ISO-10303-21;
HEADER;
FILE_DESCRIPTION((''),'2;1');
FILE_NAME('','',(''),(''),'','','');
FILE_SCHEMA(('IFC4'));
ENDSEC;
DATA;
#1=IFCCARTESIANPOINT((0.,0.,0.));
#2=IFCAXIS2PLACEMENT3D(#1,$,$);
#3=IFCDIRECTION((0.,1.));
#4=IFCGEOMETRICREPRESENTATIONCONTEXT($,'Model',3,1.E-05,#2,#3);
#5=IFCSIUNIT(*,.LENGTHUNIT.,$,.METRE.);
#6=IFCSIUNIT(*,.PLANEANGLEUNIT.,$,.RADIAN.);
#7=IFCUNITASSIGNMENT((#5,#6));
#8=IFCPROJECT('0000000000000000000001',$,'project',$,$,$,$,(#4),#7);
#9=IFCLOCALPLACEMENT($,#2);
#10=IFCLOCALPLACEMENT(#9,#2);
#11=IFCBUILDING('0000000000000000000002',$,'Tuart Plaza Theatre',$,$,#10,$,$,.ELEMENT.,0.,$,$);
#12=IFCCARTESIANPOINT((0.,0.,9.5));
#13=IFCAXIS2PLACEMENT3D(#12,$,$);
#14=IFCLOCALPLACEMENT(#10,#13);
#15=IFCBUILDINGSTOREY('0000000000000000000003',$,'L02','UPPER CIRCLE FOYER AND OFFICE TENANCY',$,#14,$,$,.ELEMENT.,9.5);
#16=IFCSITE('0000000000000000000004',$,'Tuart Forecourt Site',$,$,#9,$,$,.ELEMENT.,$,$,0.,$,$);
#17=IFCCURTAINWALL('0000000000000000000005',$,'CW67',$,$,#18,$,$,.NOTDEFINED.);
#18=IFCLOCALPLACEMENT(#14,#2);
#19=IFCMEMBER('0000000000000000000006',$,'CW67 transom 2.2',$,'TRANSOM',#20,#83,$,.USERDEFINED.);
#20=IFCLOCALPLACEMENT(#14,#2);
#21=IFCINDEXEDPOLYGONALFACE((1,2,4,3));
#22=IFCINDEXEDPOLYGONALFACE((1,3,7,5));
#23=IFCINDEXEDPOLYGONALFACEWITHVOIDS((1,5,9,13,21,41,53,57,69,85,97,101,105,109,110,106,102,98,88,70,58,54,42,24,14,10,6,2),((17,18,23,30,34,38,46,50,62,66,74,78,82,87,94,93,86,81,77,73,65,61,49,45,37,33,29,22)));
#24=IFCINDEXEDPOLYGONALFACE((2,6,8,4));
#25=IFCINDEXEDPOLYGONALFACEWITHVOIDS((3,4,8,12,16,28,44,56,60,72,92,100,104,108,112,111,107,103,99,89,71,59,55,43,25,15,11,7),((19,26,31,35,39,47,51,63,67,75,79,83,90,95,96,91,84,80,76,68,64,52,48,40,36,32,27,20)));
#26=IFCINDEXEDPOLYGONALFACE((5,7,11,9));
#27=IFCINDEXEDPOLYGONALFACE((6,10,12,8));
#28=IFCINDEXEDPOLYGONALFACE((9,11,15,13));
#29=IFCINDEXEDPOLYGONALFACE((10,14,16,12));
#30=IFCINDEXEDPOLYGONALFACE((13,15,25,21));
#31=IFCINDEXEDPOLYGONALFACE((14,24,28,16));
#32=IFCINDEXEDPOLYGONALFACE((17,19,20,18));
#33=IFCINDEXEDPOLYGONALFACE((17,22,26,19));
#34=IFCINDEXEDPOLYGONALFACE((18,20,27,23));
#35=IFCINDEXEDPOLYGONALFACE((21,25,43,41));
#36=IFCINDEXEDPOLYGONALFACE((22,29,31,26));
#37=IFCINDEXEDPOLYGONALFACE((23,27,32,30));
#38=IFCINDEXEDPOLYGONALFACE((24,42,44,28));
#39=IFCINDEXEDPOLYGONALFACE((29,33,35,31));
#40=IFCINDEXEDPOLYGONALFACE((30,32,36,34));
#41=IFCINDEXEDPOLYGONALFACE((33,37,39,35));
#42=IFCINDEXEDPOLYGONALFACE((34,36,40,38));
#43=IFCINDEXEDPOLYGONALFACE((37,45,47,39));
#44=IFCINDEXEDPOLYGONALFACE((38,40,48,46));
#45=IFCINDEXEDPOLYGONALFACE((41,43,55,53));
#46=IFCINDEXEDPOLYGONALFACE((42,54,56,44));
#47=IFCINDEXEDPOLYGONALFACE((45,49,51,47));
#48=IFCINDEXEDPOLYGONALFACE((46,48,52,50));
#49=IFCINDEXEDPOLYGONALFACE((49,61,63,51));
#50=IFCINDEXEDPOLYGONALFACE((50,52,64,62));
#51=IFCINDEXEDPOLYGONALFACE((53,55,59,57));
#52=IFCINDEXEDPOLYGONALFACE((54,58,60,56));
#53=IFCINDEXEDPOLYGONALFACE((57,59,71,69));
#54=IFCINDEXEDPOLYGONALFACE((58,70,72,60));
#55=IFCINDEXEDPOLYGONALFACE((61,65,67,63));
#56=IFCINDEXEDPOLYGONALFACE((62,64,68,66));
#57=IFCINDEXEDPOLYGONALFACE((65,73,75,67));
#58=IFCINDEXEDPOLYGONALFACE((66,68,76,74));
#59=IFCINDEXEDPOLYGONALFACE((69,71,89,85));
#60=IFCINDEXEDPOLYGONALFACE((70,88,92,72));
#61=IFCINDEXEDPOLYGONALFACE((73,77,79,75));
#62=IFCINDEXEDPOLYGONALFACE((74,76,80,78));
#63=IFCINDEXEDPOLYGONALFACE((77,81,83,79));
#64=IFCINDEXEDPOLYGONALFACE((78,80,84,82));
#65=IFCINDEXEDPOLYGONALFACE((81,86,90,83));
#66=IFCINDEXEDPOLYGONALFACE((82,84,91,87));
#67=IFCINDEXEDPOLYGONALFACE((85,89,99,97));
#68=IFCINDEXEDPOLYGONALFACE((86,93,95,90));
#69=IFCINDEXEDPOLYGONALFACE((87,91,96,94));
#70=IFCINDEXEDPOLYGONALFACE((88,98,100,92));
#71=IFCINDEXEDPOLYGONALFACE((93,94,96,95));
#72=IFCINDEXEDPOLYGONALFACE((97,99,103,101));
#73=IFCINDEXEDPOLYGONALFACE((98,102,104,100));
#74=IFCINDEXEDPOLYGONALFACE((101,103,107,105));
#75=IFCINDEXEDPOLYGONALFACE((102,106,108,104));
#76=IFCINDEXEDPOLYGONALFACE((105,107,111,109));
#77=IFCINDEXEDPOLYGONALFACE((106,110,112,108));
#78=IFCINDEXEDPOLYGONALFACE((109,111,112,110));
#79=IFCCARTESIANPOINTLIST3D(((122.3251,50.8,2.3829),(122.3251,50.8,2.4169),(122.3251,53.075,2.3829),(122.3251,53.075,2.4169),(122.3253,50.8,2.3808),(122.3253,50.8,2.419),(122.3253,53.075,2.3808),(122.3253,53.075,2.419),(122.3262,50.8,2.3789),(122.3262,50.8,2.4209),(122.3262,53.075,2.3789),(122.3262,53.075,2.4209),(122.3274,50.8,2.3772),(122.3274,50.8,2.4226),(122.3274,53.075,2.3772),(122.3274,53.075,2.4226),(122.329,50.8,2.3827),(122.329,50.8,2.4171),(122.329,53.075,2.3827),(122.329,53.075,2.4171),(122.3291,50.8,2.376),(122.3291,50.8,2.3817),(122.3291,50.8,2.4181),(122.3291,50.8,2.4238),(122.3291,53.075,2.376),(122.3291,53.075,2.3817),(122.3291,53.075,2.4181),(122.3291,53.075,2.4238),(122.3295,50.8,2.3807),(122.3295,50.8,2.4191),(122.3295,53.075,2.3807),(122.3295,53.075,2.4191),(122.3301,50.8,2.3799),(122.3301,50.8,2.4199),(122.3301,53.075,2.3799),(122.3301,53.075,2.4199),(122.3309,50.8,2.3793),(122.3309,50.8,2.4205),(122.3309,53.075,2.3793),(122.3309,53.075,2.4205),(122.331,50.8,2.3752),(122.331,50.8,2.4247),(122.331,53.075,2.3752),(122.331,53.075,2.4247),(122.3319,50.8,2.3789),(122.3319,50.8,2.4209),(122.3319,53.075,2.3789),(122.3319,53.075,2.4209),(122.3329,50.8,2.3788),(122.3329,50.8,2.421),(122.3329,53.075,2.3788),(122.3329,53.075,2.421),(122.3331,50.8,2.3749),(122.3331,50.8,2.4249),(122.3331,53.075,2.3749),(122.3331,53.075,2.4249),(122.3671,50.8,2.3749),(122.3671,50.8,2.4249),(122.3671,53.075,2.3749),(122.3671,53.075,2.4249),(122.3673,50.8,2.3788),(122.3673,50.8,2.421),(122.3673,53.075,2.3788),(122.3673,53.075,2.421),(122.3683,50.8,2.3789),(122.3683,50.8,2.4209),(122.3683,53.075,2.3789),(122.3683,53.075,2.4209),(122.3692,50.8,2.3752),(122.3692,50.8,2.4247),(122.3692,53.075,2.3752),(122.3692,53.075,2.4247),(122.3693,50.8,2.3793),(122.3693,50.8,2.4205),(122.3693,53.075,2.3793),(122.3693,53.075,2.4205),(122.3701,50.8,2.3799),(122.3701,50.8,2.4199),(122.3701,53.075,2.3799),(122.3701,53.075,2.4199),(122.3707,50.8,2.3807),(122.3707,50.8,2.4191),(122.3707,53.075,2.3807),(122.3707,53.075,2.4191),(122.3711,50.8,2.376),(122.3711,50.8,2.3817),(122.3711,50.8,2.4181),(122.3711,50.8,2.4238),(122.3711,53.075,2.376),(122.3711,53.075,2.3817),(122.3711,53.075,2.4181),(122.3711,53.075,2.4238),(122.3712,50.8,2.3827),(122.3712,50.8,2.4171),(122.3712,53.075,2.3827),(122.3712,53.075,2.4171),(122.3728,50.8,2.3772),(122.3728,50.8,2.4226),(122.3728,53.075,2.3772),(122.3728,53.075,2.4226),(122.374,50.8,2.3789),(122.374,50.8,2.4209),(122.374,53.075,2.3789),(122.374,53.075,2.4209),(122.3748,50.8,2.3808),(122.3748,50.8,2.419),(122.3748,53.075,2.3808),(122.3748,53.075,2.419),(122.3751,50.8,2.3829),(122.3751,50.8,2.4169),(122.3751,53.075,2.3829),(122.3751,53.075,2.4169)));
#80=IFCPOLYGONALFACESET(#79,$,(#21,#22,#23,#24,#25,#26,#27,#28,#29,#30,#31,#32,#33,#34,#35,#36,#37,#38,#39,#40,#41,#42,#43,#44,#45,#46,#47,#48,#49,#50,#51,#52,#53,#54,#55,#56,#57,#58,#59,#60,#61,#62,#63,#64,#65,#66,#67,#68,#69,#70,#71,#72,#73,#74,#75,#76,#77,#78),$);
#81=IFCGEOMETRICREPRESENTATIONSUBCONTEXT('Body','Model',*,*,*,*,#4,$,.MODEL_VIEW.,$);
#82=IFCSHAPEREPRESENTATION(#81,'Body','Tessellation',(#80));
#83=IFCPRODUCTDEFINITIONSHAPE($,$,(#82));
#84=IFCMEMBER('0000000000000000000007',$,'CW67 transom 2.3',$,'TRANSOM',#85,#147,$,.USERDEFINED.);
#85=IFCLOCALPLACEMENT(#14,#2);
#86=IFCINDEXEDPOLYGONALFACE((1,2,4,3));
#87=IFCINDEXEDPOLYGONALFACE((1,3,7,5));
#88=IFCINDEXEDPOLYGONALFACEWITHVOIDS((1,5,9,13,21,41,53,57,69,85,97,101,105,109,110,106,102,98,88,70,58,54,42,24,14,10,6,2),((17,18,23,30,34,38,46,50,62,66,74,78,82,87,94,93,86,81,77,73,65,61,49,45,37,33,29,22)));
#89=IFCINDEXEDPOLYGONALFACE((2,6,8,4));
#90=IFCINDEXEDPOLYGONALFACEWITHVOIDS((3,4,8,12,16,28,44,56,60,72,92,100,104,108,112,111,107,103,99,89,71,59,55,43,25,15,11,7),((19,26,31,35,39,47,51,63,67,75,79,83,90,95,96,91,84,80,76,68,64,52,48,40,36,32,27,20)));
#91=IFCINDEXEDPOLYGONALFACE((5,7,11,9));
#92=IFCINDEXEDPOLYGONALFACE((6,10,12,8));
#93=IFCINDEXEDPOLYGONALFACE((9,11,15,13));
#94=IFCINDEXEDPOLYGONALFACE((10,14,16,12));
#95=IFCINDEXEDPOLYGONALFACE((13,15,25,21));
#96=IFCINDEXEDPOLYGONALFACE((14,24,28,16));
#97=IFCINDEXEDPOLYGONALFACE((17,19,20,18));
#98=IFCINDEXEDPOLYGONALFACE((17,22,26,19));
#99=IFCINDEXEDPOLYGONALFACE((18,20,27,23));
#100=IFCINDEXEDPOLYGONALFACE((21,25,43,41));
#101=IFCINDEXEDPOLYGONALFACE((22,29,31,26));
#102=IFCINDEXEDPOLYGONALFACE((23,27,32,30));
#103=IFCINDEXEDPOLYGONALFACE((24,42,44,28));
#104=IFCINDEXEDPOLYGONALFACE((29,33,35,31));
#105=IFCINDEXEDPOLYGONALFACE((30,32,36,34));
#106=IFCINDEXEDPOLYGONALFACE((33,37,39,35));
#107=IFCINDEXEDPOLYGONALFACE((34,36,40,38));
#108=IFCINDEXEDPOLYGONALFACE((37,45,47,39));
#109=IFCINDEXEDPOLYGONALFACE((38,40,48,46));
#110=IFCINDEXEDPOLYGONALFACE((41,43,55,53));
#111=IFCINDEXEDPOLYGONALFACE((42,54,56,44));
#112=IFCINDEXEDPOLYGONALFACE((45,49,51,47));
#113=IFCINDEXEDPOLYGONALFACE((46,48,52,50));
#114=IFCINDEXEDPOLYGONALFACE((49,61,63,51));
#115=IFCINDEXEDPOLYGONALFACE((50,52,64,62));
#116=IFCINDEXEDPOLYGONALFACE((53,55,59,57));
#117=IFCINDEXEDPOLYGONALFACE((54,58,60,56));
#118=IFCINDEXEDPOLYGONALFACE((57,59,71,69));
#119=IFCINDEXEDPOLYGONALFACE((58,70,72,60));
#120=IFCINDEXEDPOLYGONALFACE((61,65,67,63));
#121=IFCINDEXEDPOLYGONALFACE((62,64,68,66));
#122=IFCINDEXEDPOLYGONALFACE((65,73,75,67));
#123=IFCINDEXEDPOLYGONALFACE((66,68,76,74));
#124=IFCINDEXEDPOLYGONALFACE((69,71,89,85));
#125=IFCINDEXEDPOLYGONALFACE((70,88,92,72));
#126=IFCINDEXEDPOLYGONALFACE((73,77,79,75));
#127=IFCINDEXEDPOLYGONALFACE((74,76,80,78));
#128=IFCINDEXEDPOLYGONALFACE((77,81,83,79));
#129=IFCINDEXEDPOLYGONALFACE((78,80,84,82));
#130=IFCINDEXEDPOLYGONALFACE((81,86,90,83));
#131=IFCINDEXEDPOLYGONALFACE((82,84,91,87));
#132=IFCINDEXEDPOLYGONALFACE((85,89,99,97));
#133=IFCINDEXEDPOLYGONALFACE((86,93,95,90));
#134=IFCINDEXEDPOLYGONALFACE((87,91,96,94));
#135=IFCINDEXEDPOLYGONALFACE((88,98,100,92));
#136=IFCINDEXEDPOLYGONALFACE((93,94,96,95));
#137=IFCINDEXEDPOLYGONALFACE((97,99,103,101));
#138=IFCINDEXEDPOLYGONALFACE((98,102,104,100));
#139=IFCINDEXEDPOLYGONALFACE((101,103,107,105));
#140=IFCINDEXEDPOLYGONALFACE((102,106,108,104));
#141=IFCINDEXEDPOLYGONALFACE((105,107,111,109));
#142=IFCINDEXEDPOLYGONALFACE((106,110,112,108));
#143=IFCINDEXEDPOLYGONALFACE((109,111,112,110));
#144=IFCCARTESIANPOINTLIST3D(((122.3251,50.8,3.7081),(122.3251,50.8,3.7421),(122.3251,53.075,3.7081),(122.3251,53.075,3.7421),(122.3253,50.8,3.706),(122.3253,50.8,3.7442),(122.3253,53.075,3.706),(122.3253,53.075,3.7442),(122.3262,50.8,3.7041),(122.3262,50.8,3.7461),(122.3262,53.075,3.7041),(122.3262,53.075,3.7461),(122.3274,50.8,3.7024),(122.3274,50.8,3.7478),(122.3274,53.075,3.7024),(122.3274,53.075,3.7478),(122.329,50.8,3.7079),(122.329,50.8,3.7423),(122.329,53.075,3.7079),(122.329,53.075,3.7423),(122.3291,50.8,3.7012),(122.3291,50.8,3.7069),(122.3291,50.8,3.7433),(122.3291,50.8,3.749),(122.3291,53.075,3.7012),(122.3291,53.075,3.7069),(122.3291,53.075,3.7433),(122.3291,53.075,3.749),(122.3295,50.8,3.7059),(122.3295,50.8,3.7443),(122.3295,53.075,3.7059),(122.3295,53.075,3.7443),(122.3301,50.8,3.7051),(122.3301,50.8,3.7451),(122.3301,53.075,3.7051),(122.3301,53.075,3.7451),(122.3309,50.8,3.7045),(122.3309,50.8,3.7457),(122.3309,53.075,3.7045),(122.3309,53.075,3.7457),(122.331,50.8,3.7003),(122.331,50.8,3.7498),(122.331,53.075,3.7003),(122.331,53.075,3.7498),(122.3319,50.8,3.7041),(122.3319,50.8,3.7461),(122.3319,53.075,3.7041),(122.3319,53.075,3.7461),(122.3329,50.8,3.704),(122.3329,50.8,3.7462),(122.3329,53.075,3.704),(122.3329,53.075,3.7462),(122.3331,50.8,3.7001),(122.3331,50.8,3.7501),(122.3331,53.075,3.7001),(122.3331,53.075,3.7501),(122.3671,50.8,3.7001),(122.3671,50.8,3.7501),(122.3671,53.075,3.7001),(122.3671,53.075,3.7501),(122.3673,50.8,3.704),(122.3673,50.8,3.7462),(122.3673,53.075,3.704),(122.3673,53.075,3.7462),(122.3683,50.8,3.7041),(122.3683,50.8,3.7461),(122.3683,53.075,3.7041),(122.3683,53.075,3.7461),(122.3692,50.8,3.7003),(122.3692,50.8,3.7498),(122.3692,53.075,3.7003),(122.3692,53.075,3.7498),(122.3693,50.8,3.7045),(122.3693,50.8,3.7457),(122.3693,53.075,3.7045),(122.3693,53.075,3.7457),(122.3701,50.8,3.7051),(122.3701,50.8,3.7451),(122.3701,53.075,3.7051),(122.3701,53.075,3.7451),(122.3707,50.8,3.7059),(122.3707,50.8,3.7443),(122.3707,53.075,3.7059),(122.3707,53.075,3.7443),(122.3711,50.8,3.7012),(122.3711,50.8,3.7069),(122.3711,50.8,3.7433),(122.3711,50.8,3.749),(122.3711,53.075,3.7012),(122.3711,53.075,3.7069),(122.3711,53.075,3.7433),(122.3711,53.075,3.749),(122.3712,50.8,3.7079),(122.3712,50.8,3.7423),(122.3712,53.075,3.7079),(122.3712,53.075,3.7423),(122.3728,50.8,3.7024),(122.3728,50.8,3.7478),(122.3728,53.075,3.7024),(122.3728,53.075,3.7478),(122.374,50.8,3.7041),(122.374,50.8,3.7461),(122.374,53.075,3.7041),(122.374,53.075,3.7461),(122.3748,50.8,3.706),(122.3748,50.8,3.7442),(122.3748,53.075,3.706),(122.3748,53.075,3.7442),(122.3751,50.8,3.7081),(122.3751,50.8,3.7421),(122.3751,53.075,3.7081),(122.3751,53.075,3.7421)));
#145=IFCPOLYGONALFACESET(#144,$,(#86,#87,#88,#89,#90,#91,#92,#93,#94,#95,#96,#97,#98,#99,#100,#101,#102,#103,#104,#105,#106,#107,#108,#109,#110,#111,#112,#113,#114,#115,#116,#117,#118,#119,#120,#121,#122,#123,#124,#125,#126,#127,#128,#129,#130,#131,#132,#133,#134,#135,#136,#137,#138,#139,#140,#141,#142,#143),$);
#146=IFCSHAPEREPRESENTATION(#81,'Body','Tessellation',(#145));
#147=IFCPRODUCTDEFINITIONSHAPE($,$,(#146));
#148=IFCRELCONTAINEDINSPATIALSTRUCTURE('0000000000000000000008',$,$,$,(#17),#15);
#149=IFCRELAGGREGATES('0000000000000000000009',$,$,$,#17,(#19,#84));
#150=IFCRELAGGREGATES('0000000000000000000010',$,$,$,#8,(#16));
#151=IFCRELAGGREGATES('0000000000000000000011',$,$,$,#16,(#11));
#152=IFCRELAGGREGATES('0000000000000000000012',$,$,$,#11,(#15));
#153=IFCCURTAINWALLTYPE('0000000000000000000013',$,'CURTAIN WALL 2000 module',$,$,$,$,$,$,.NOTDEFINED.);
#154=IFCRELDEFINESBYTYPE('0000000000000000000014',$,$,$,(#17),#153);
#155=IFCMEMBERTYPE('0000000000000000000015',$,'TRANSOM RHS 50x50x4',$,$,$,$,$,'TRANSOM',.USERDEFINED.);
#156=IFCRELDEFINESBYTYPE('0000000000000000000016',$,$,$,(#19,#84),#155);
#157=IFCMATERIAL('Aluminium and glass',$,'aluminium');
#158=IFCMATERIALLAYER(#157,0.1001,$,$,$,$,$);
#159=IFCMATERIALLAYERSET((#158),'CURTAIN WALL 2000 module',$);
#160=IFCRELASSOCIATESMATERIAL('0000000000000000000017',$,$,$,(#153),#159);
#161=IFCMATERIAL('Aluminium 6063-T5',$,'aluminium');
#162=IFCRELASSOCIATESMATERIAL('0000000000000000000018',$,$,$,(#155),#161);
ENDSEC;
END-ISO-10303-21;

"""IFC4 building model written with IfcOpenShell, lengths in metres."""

from ifc_helpers import new_model, si_unit, direction, frame, origin, origin_2d, place, context, subcontext, project, spatial, hollow_rectangle, extrude, material, layer, layer_set, material_profile, profile_set, type_object, element, aggregate, save


model = new_model("IFC4")

# Units and contexts
model_context = context("Model", 3, precision=1e-05, world=origin(), true_north=direction((0.0, 1.0)))
body_context = subcontext(model_context, "Body", "Model", "MODEL_VIEW")
ifc_project = project(units=[si_unit("LENGTHUNIT", "METRE"), si_unit("PLANEANGLEUNIT", "RADIAN")], contexts=[model_context])

# Site, building, storey
site_placement = place(None, origin())
site = spatial("IfcSite", under=ifc_project, at=site_placement, Name="Tuart Forecourt Site", CompositionType="ELEMENT", RefElevation=0.0)
building_placement = place(site_placement, origin())
building = spatial("IfcBuilding", under=site, at=building_placement, Name="Tuart Plaza Theatre", CompositionType="ELEMENT", ElevationOfRefHeight=0.0)
storey_placement = place(building_placement, frame((0.0, 0.0, 9.5)))
storey = spatial("IfcBuildingStorey", under=building, at=storey_placement, Name="L02", Description="UPPER CIRCLE FOYER AND OFFICE TENANCY", CompositionType="ELEMENT", Elevation=9.5)

# Curtain wall
ifc_material_1 = material(Name="Aluminium and glass", Category="aluminium")
ifc_layer_1 = layer(ifc_material_1, 0.1001)
ifc_layer_set_1 = layer_set([ifc_layer_1], Name="CURTAIN WALL 2000 module")
curtain_wall_type_1 = type_object("IfcCurtainWallType", Name="CURTAIN WALL 2000 module", PredefinedType="NOTDEFINED", material=ifc_layer_set_1)
curtain_wall_1_placement = place(storey_placement, origin())
curtain_wall_1 = element("IfcCurtainWall", 1, at=curtain_wall_1_placement, inside=storey, type_object=curtain_wall_type_1, Name="CW67", PredefinedType="NOTDEFINED")

# Members
ifc_material_2 = material(Name="Aluminium 6063-T5", Category="aluminium")
ifc_material_profile_1 = material_profile(ifc_material_2, hollow_rectangle(XDim=0.05, YDim=0.05, WallThickness=0.0039, InnerFilletRadius=0.0039, OuterFilletRadius=0.0081, at=origin_2d()), Name="RHS 50x50x4")
ifc_profile_set_1 = profile_set([ifc_material_profile_1], Name="Aluminium 6063-T5")
member_type_1 = type_object("IfcMemberType", Name="TRANSOM RHS 50x50x4", ElementType="TRANSOM", PredefinedType="USERDEFINED", material=ifc_profile_set_1)
member_1_placement = place(storey_placement, frame((122.3501, 53.075, 2.3999), z_axis=(0.0, -1.0, 0.0), x_axis=(1.0, 0.0, 0.0)))
member_1 = element("IfcMember", 2, at=member_1_placement, type_object=member_type_1, Name="CW67 transom 2.2", ObjectType="TRANSOM", PredefinedType="USERDEFINED", context=body_context, shape_type="SweptSolid", body=[
    extrude(hollow_rectangle(XDim=0.05, YDim=0.05, WallThickness=0.0039, InnerFilletRadius=0.0039, OuterFilletRadius=0.0081, at=origin_2d()), origin(), (0.0, 0.0, 1.0), 2.2749),
])
member_2_placement = place(storey_placement, frame((122.3501, 53.075, 3.7251), z_axis=(0.0, -1.0, 0.0), x_axis=(1.0, 0.0, 0.0)))
member_2 = element("IfcMember", 3, at=member_2_placement, type_object=member_type_1, Name="CW67 transom 2.3", ObjectType="TRANSOM", PredefinedType="USERDEFINED", context=body_context, shape_type="SweptSolid", body=[
    extrude(hollow_rectangle(XDim=0.05, YDim=0.05, WallThickness=0.0039, InnerFilletRadius=0.0039, OuterFilletRadius=0.0081, at=origin_2d()), origin(), (0.0, 0.0, 1.0), 2.2749),
])

aggregate(curtain_wall_1, [member_1, member_2])

save(model, "model.ifc")
